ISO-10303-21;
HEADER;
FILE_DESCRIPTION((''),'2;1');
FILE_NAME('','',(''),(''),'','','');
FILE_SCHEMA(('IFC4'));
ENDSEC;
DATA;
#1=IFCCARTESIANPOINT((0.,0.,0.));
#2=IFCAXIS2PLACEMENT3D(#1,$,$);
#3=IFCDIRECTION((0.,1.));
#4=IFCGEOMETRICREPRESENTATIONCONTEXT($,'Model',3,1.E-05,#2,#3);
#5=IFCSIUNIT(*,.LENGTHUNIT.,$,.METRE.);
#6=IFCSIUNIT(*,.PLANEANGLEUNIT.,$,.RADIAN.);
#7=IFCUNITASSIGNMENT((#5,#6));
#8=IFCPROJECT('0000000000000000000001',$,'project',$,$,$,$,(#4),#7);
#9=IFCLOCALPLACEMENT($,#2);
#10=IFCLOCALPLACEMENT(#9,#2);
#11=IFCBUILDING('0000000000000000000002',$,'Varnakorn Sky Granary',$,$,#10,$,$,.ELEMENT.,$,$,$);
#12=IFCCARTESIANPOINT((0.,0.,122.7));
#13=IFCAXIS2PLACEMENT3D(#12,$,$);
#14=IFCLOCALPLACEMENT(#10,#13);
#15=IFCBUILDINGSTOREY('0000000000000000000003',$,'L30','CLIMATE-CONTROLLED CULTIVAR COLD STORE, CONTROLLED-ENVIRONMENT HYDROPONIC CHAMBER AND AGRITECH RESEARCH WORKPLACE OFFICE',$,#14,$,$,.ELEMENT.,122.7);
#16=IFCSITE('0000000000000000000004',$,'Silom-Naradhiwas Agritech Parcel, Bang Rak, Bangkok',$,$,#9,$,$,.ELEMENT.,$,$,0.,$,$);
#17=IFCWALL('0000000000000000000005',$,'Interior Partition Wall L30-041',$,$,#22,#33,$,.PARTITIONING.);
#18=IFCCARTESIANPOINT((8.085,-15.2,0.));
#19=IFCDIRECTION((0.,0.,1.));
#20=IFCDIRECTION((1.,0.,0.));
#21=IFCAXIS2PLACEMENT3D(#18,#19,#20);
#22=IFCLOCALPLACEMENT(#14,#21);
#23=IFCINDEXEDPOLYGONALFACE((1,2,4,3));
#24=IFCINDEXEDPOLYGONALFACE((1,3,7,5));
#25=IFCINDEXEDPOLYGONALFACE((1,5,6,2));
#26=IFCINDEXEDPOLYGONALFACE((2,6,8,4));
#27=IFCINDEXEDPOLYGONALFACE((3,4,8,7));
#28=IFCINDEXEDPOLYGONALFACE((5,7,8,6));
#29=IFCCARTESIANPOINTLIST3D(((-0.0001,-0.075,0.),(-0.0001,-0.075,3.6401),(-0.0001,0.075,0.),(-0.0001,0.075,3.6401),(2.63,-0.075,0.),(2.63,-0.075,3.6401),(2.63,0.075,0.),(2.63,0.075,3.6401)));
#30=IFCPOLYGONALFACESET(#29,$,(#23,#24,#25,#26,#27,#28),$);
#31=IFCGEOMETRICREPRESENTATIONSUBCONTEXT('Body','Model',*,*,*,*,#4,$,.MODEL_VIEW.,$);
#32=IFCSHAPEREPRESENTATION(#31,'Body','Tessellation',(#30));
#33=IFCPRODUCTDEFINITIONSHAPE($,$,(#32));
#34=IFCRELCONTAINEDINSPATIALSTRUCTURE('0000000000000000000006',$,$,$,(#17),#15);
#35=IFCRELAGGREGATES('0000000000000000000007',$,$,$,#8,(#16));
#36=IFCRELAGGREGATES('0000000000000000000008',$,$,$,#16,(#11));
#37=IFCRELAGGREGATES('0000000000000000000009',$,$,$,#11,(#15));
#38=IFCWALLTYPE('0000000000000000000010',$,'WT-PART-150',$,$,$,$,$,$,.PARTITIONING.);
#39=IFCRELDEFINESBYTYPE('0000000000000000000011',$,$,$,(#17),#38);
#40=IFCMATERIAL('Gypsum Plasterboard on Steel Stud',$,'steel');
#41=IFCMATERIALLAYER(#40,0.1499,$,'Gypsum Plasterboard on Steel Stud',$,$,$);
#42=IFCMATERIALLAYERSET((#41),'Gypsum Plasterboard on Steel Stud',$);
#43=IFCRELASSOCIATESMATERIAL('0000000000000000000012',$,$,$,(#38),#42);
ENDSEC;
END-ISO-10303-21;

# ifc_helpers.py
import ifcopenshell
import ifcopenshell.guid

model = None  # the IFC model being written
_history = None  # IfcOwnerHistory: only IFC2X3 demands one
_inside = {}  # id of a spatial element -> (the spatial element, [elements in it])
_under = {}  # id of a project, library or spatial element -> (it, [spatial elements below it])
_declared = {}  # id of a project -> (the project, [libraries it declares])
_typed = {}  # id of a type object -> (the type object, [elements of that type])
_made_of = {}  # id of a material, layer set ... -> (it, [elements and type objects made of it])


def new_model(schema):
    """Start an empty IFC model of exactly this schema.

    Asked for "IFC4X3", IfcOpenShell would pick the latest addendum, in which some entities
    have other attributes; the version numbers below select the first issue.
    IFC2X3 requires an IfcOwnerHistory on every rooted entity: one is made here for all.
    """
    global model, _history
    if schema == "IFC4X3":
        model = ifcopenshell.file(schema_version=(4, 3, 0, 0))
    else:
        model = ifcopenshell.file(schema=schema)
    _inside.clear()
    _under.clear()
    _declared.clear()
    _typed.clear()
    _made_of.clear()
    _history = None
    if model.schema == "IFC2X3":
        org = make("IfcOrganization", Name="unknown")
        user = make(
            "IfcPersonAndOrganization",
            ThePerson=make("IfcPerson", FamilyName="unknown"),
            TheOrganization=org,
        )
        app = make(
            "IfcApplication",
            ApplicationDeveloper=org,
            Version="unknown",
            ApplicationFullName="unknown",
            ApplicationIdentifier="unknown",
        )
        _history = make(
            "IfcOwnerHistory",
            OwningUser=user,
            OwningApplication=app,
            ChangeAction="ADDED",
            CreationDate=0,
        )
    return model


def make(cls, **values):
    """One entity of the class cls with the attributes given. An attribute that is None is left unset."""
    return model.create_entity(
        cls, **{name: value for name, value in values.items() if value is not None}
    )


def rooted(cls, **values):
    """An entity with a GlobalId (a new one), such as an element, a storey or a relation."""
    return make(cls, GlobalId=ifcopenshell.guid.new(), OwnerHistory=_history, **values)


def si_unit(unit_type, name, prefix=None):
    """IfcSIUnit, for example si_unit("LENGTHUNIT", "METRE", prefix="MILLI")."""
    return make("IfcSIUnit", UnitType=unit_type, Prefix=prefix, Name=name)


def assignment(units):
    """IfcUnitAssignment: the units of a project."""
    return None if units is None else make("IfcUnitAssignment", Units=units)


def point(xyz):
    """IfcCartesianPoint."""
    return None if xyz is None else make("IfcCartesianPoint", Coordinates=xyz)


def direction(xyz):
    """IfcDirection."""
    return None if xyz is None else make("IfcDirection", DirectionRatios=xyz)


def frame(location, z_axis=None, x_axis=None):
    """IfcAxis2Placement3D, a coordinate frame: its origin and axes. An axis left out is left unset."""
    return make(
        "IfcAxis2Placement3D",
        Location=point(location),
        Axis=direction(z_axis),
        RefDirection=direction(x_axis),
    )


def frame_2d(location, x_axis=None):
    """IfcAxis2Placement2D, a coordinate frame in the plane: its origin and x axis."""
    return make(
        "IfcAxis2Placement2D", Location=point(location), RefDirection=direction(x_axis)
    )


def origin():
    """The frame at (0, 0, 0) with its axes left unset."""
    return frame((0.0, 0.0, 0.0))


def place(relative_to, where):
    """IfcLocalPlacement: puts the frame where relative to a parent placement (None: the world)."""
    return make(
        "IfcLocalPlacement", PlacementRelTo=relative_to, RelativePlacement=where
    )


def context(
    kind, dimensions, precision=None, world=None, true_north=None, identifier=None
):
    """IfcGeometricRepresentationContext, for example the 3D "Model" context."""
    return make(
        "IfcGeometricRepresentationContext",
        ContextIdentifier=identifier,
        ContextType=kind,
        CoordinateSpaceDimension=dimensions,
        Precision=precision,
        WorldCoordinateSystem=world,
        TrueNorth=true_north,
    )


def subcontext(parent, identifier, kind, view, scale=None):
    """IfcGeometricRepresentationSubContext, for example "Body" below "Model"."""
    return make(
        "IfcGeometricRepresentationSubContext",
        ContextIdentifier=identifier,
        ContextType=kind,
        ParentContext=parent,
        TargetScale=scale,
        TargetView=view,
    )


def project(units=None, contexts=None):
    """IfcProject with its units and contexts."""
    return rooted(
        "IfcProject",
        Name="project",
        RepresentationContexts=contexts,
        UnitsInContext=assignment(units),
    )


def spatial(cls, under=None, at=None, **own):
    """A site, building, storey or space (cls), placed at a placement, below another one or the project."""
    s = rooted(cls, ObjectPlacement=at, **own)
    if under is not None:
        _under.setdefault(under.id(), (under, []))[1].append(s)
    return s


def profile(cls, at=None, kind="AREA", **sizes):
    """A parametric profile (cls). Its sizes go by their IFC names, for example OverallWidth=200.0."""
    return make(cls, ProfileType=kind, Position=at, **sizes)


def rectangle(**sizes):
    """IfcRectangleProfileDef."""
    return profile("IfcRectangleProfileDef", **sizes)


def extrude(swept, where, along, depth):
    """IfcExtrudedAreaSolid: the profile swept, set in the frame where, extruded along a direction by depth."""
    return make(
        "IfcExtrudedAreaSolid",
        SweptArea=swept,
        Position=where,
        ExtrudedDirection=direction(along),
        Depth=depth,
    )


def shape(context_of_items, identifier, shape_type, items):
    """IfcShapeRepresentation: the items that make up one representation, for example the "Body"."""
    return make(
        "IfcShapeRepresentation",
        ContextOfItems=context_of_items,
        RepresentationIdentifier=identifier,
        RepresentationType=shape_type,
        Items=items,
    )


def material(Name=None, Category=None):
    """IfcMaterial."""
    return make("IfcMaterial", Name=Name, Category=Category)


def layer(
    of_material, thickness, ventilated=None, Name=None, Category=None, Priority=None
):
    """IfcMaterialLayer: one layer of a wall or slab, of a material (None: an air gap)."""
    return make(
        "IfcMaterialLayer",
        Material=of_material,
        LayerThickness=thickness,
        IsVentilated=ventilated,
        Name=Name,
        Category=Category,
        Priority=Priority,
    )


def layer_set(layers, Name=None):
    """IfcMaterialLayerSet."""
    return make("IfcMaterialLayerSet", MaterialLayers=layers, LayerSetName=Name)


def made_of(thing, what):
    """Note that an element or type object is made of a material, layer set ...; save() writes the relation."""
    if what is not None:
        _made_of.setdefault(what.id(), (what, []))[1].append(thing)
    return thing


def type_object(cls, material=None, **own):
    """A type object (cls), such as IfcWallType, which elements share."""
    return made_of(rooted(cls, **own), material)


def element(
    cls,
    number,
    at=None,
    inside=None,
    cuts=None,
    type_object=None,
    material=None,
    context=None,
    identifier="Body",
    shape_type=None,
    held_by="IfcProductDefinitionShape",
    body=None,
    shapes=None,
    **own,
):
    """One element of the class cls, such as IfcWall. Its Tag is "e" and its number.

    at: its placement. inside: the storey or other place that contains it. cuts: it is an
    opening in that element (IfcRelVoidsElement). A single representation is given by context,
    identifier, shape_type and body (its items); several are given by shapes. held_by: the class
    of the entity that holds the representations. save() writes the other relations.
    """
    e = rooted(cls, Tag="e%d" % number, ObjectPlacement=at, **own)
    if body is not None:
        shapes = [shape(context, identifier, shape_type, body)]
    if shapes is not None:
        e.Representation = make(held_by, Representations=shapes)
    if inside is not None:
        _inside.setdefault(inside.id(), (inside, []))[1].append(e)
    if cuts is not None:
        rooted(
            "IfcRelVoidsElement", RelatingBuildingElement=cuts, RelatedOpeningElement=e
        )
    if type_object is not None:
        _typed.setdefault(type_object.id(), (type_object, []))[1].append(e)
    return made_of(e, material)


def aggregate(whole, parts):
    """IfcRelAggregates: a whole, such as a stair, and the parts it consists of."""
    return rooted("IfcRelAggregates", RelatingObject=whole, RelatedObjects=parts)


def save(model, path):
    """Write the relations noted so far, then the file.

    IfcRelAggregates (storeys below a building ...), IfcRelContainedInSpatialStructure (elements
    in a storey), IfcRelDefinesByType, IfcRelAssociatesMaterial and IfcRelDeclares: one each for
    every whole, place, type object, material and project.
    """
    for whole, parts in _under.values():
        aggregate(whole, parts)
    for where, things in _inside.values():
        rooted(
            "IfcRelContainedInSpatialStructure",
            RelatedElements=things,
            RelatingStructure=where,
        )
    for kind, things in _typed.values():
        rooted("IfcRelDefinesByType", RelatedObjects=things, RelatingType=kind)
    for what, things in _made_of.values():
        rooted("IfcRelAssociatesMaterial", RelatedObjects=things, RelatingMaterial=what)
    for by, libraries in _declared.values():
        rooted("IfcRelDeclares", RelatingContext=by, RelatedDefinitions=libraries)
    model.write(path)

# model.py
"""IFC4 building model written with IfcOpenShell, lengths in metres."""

from ifc_helpers import new_model, si_unit, direction, frame, frame_2d, origin, place, context, subcontext, project, spatial, rectangle, extrude, material, layer, layer_set, type_object, element, save


model = new_model("IFC4")

# Units and contexts
model_context = context("Model", 3, precision=1e-05, world=origin(), true_north=direction((0.0, 1.0)))
body_context = subcontext(model_context, "Body", "Model", "MODEL_VIEW")
ifc_project = project(units=[si_unit("LENGTHUNIT", "METRE"), si_unit("PLANEANGLEUNIT", "RADIAN")], contexts=[model_context])

# Site, building, storey
site_placement = place(None, origin())
site = spatial("IfcSite", under=ifc_project, at=site_placement, Name="Silom-Naradhiwas Agritech Parcel, Bang Rak, Bangkok", CompositionType="ELEMENT", RefElevation=0.0)
building_placement = place(site_placement, origin())
building = spatial("IfcBuilding", under=site, at=building_placement, Name="Varnakorn Sky Granary", CompositionType="ELEMENT")
storey_placement = place(building_placement, frame((0.0, 0.0, 122.7)))
storey = spatial("IfcBuildingStorey", under=building, at=storey_placement, Name="L30", Description="CLIMATE-CONTROLLED CULTIVAR COLD STORE, CONTROLLED-ENVIRONMENT HYDROPONIC CHAMBER AND AGRITECH RESEARCH WORKPLACE OFFICE", CompositionType="ELEMENT", Elevation=122.7)

# Wall
ifc_material_1 = material(Name="Gypsum Plasterboard on Steel Stud", Category="steel")
ifc_layer_1 = layer(ifc_material_1, 0.1499, Name="Gypsum Plasterboard on Steel Stud")
ifc_layer_set_1 = layer_set([ifc_layer_1], Name="Gypsum Plasterboard on Steel Stud")
wall_type = type_object("IfcWallType", Name="WT-PART-150", PredefinedType="PARTITIONING", material=ifc_layer_set_1)
wall_placement = place(storey_placement, frame((8.085, -15.2, 0.0), z_axis=(0.0, 0.0, 1.0), x_axis=(1.0, 0.0, 0.0)))
element("IfcWall", 1, at=wall_placement, inside=storey, type_object=wall_type, Name="Interior Partition Wall L30-041", PredefinedType="PARTITIONING", context=body_context, shape_type="SweptSolid", body=[
    extrude(rectangle(XDim=2.6301, YDim=0.1499, at=frame_2d((1.3149, 0.0))), origin(), (0.0, 0.0, 1.0), 3.6401),
])

save(model, "model.ifc")
